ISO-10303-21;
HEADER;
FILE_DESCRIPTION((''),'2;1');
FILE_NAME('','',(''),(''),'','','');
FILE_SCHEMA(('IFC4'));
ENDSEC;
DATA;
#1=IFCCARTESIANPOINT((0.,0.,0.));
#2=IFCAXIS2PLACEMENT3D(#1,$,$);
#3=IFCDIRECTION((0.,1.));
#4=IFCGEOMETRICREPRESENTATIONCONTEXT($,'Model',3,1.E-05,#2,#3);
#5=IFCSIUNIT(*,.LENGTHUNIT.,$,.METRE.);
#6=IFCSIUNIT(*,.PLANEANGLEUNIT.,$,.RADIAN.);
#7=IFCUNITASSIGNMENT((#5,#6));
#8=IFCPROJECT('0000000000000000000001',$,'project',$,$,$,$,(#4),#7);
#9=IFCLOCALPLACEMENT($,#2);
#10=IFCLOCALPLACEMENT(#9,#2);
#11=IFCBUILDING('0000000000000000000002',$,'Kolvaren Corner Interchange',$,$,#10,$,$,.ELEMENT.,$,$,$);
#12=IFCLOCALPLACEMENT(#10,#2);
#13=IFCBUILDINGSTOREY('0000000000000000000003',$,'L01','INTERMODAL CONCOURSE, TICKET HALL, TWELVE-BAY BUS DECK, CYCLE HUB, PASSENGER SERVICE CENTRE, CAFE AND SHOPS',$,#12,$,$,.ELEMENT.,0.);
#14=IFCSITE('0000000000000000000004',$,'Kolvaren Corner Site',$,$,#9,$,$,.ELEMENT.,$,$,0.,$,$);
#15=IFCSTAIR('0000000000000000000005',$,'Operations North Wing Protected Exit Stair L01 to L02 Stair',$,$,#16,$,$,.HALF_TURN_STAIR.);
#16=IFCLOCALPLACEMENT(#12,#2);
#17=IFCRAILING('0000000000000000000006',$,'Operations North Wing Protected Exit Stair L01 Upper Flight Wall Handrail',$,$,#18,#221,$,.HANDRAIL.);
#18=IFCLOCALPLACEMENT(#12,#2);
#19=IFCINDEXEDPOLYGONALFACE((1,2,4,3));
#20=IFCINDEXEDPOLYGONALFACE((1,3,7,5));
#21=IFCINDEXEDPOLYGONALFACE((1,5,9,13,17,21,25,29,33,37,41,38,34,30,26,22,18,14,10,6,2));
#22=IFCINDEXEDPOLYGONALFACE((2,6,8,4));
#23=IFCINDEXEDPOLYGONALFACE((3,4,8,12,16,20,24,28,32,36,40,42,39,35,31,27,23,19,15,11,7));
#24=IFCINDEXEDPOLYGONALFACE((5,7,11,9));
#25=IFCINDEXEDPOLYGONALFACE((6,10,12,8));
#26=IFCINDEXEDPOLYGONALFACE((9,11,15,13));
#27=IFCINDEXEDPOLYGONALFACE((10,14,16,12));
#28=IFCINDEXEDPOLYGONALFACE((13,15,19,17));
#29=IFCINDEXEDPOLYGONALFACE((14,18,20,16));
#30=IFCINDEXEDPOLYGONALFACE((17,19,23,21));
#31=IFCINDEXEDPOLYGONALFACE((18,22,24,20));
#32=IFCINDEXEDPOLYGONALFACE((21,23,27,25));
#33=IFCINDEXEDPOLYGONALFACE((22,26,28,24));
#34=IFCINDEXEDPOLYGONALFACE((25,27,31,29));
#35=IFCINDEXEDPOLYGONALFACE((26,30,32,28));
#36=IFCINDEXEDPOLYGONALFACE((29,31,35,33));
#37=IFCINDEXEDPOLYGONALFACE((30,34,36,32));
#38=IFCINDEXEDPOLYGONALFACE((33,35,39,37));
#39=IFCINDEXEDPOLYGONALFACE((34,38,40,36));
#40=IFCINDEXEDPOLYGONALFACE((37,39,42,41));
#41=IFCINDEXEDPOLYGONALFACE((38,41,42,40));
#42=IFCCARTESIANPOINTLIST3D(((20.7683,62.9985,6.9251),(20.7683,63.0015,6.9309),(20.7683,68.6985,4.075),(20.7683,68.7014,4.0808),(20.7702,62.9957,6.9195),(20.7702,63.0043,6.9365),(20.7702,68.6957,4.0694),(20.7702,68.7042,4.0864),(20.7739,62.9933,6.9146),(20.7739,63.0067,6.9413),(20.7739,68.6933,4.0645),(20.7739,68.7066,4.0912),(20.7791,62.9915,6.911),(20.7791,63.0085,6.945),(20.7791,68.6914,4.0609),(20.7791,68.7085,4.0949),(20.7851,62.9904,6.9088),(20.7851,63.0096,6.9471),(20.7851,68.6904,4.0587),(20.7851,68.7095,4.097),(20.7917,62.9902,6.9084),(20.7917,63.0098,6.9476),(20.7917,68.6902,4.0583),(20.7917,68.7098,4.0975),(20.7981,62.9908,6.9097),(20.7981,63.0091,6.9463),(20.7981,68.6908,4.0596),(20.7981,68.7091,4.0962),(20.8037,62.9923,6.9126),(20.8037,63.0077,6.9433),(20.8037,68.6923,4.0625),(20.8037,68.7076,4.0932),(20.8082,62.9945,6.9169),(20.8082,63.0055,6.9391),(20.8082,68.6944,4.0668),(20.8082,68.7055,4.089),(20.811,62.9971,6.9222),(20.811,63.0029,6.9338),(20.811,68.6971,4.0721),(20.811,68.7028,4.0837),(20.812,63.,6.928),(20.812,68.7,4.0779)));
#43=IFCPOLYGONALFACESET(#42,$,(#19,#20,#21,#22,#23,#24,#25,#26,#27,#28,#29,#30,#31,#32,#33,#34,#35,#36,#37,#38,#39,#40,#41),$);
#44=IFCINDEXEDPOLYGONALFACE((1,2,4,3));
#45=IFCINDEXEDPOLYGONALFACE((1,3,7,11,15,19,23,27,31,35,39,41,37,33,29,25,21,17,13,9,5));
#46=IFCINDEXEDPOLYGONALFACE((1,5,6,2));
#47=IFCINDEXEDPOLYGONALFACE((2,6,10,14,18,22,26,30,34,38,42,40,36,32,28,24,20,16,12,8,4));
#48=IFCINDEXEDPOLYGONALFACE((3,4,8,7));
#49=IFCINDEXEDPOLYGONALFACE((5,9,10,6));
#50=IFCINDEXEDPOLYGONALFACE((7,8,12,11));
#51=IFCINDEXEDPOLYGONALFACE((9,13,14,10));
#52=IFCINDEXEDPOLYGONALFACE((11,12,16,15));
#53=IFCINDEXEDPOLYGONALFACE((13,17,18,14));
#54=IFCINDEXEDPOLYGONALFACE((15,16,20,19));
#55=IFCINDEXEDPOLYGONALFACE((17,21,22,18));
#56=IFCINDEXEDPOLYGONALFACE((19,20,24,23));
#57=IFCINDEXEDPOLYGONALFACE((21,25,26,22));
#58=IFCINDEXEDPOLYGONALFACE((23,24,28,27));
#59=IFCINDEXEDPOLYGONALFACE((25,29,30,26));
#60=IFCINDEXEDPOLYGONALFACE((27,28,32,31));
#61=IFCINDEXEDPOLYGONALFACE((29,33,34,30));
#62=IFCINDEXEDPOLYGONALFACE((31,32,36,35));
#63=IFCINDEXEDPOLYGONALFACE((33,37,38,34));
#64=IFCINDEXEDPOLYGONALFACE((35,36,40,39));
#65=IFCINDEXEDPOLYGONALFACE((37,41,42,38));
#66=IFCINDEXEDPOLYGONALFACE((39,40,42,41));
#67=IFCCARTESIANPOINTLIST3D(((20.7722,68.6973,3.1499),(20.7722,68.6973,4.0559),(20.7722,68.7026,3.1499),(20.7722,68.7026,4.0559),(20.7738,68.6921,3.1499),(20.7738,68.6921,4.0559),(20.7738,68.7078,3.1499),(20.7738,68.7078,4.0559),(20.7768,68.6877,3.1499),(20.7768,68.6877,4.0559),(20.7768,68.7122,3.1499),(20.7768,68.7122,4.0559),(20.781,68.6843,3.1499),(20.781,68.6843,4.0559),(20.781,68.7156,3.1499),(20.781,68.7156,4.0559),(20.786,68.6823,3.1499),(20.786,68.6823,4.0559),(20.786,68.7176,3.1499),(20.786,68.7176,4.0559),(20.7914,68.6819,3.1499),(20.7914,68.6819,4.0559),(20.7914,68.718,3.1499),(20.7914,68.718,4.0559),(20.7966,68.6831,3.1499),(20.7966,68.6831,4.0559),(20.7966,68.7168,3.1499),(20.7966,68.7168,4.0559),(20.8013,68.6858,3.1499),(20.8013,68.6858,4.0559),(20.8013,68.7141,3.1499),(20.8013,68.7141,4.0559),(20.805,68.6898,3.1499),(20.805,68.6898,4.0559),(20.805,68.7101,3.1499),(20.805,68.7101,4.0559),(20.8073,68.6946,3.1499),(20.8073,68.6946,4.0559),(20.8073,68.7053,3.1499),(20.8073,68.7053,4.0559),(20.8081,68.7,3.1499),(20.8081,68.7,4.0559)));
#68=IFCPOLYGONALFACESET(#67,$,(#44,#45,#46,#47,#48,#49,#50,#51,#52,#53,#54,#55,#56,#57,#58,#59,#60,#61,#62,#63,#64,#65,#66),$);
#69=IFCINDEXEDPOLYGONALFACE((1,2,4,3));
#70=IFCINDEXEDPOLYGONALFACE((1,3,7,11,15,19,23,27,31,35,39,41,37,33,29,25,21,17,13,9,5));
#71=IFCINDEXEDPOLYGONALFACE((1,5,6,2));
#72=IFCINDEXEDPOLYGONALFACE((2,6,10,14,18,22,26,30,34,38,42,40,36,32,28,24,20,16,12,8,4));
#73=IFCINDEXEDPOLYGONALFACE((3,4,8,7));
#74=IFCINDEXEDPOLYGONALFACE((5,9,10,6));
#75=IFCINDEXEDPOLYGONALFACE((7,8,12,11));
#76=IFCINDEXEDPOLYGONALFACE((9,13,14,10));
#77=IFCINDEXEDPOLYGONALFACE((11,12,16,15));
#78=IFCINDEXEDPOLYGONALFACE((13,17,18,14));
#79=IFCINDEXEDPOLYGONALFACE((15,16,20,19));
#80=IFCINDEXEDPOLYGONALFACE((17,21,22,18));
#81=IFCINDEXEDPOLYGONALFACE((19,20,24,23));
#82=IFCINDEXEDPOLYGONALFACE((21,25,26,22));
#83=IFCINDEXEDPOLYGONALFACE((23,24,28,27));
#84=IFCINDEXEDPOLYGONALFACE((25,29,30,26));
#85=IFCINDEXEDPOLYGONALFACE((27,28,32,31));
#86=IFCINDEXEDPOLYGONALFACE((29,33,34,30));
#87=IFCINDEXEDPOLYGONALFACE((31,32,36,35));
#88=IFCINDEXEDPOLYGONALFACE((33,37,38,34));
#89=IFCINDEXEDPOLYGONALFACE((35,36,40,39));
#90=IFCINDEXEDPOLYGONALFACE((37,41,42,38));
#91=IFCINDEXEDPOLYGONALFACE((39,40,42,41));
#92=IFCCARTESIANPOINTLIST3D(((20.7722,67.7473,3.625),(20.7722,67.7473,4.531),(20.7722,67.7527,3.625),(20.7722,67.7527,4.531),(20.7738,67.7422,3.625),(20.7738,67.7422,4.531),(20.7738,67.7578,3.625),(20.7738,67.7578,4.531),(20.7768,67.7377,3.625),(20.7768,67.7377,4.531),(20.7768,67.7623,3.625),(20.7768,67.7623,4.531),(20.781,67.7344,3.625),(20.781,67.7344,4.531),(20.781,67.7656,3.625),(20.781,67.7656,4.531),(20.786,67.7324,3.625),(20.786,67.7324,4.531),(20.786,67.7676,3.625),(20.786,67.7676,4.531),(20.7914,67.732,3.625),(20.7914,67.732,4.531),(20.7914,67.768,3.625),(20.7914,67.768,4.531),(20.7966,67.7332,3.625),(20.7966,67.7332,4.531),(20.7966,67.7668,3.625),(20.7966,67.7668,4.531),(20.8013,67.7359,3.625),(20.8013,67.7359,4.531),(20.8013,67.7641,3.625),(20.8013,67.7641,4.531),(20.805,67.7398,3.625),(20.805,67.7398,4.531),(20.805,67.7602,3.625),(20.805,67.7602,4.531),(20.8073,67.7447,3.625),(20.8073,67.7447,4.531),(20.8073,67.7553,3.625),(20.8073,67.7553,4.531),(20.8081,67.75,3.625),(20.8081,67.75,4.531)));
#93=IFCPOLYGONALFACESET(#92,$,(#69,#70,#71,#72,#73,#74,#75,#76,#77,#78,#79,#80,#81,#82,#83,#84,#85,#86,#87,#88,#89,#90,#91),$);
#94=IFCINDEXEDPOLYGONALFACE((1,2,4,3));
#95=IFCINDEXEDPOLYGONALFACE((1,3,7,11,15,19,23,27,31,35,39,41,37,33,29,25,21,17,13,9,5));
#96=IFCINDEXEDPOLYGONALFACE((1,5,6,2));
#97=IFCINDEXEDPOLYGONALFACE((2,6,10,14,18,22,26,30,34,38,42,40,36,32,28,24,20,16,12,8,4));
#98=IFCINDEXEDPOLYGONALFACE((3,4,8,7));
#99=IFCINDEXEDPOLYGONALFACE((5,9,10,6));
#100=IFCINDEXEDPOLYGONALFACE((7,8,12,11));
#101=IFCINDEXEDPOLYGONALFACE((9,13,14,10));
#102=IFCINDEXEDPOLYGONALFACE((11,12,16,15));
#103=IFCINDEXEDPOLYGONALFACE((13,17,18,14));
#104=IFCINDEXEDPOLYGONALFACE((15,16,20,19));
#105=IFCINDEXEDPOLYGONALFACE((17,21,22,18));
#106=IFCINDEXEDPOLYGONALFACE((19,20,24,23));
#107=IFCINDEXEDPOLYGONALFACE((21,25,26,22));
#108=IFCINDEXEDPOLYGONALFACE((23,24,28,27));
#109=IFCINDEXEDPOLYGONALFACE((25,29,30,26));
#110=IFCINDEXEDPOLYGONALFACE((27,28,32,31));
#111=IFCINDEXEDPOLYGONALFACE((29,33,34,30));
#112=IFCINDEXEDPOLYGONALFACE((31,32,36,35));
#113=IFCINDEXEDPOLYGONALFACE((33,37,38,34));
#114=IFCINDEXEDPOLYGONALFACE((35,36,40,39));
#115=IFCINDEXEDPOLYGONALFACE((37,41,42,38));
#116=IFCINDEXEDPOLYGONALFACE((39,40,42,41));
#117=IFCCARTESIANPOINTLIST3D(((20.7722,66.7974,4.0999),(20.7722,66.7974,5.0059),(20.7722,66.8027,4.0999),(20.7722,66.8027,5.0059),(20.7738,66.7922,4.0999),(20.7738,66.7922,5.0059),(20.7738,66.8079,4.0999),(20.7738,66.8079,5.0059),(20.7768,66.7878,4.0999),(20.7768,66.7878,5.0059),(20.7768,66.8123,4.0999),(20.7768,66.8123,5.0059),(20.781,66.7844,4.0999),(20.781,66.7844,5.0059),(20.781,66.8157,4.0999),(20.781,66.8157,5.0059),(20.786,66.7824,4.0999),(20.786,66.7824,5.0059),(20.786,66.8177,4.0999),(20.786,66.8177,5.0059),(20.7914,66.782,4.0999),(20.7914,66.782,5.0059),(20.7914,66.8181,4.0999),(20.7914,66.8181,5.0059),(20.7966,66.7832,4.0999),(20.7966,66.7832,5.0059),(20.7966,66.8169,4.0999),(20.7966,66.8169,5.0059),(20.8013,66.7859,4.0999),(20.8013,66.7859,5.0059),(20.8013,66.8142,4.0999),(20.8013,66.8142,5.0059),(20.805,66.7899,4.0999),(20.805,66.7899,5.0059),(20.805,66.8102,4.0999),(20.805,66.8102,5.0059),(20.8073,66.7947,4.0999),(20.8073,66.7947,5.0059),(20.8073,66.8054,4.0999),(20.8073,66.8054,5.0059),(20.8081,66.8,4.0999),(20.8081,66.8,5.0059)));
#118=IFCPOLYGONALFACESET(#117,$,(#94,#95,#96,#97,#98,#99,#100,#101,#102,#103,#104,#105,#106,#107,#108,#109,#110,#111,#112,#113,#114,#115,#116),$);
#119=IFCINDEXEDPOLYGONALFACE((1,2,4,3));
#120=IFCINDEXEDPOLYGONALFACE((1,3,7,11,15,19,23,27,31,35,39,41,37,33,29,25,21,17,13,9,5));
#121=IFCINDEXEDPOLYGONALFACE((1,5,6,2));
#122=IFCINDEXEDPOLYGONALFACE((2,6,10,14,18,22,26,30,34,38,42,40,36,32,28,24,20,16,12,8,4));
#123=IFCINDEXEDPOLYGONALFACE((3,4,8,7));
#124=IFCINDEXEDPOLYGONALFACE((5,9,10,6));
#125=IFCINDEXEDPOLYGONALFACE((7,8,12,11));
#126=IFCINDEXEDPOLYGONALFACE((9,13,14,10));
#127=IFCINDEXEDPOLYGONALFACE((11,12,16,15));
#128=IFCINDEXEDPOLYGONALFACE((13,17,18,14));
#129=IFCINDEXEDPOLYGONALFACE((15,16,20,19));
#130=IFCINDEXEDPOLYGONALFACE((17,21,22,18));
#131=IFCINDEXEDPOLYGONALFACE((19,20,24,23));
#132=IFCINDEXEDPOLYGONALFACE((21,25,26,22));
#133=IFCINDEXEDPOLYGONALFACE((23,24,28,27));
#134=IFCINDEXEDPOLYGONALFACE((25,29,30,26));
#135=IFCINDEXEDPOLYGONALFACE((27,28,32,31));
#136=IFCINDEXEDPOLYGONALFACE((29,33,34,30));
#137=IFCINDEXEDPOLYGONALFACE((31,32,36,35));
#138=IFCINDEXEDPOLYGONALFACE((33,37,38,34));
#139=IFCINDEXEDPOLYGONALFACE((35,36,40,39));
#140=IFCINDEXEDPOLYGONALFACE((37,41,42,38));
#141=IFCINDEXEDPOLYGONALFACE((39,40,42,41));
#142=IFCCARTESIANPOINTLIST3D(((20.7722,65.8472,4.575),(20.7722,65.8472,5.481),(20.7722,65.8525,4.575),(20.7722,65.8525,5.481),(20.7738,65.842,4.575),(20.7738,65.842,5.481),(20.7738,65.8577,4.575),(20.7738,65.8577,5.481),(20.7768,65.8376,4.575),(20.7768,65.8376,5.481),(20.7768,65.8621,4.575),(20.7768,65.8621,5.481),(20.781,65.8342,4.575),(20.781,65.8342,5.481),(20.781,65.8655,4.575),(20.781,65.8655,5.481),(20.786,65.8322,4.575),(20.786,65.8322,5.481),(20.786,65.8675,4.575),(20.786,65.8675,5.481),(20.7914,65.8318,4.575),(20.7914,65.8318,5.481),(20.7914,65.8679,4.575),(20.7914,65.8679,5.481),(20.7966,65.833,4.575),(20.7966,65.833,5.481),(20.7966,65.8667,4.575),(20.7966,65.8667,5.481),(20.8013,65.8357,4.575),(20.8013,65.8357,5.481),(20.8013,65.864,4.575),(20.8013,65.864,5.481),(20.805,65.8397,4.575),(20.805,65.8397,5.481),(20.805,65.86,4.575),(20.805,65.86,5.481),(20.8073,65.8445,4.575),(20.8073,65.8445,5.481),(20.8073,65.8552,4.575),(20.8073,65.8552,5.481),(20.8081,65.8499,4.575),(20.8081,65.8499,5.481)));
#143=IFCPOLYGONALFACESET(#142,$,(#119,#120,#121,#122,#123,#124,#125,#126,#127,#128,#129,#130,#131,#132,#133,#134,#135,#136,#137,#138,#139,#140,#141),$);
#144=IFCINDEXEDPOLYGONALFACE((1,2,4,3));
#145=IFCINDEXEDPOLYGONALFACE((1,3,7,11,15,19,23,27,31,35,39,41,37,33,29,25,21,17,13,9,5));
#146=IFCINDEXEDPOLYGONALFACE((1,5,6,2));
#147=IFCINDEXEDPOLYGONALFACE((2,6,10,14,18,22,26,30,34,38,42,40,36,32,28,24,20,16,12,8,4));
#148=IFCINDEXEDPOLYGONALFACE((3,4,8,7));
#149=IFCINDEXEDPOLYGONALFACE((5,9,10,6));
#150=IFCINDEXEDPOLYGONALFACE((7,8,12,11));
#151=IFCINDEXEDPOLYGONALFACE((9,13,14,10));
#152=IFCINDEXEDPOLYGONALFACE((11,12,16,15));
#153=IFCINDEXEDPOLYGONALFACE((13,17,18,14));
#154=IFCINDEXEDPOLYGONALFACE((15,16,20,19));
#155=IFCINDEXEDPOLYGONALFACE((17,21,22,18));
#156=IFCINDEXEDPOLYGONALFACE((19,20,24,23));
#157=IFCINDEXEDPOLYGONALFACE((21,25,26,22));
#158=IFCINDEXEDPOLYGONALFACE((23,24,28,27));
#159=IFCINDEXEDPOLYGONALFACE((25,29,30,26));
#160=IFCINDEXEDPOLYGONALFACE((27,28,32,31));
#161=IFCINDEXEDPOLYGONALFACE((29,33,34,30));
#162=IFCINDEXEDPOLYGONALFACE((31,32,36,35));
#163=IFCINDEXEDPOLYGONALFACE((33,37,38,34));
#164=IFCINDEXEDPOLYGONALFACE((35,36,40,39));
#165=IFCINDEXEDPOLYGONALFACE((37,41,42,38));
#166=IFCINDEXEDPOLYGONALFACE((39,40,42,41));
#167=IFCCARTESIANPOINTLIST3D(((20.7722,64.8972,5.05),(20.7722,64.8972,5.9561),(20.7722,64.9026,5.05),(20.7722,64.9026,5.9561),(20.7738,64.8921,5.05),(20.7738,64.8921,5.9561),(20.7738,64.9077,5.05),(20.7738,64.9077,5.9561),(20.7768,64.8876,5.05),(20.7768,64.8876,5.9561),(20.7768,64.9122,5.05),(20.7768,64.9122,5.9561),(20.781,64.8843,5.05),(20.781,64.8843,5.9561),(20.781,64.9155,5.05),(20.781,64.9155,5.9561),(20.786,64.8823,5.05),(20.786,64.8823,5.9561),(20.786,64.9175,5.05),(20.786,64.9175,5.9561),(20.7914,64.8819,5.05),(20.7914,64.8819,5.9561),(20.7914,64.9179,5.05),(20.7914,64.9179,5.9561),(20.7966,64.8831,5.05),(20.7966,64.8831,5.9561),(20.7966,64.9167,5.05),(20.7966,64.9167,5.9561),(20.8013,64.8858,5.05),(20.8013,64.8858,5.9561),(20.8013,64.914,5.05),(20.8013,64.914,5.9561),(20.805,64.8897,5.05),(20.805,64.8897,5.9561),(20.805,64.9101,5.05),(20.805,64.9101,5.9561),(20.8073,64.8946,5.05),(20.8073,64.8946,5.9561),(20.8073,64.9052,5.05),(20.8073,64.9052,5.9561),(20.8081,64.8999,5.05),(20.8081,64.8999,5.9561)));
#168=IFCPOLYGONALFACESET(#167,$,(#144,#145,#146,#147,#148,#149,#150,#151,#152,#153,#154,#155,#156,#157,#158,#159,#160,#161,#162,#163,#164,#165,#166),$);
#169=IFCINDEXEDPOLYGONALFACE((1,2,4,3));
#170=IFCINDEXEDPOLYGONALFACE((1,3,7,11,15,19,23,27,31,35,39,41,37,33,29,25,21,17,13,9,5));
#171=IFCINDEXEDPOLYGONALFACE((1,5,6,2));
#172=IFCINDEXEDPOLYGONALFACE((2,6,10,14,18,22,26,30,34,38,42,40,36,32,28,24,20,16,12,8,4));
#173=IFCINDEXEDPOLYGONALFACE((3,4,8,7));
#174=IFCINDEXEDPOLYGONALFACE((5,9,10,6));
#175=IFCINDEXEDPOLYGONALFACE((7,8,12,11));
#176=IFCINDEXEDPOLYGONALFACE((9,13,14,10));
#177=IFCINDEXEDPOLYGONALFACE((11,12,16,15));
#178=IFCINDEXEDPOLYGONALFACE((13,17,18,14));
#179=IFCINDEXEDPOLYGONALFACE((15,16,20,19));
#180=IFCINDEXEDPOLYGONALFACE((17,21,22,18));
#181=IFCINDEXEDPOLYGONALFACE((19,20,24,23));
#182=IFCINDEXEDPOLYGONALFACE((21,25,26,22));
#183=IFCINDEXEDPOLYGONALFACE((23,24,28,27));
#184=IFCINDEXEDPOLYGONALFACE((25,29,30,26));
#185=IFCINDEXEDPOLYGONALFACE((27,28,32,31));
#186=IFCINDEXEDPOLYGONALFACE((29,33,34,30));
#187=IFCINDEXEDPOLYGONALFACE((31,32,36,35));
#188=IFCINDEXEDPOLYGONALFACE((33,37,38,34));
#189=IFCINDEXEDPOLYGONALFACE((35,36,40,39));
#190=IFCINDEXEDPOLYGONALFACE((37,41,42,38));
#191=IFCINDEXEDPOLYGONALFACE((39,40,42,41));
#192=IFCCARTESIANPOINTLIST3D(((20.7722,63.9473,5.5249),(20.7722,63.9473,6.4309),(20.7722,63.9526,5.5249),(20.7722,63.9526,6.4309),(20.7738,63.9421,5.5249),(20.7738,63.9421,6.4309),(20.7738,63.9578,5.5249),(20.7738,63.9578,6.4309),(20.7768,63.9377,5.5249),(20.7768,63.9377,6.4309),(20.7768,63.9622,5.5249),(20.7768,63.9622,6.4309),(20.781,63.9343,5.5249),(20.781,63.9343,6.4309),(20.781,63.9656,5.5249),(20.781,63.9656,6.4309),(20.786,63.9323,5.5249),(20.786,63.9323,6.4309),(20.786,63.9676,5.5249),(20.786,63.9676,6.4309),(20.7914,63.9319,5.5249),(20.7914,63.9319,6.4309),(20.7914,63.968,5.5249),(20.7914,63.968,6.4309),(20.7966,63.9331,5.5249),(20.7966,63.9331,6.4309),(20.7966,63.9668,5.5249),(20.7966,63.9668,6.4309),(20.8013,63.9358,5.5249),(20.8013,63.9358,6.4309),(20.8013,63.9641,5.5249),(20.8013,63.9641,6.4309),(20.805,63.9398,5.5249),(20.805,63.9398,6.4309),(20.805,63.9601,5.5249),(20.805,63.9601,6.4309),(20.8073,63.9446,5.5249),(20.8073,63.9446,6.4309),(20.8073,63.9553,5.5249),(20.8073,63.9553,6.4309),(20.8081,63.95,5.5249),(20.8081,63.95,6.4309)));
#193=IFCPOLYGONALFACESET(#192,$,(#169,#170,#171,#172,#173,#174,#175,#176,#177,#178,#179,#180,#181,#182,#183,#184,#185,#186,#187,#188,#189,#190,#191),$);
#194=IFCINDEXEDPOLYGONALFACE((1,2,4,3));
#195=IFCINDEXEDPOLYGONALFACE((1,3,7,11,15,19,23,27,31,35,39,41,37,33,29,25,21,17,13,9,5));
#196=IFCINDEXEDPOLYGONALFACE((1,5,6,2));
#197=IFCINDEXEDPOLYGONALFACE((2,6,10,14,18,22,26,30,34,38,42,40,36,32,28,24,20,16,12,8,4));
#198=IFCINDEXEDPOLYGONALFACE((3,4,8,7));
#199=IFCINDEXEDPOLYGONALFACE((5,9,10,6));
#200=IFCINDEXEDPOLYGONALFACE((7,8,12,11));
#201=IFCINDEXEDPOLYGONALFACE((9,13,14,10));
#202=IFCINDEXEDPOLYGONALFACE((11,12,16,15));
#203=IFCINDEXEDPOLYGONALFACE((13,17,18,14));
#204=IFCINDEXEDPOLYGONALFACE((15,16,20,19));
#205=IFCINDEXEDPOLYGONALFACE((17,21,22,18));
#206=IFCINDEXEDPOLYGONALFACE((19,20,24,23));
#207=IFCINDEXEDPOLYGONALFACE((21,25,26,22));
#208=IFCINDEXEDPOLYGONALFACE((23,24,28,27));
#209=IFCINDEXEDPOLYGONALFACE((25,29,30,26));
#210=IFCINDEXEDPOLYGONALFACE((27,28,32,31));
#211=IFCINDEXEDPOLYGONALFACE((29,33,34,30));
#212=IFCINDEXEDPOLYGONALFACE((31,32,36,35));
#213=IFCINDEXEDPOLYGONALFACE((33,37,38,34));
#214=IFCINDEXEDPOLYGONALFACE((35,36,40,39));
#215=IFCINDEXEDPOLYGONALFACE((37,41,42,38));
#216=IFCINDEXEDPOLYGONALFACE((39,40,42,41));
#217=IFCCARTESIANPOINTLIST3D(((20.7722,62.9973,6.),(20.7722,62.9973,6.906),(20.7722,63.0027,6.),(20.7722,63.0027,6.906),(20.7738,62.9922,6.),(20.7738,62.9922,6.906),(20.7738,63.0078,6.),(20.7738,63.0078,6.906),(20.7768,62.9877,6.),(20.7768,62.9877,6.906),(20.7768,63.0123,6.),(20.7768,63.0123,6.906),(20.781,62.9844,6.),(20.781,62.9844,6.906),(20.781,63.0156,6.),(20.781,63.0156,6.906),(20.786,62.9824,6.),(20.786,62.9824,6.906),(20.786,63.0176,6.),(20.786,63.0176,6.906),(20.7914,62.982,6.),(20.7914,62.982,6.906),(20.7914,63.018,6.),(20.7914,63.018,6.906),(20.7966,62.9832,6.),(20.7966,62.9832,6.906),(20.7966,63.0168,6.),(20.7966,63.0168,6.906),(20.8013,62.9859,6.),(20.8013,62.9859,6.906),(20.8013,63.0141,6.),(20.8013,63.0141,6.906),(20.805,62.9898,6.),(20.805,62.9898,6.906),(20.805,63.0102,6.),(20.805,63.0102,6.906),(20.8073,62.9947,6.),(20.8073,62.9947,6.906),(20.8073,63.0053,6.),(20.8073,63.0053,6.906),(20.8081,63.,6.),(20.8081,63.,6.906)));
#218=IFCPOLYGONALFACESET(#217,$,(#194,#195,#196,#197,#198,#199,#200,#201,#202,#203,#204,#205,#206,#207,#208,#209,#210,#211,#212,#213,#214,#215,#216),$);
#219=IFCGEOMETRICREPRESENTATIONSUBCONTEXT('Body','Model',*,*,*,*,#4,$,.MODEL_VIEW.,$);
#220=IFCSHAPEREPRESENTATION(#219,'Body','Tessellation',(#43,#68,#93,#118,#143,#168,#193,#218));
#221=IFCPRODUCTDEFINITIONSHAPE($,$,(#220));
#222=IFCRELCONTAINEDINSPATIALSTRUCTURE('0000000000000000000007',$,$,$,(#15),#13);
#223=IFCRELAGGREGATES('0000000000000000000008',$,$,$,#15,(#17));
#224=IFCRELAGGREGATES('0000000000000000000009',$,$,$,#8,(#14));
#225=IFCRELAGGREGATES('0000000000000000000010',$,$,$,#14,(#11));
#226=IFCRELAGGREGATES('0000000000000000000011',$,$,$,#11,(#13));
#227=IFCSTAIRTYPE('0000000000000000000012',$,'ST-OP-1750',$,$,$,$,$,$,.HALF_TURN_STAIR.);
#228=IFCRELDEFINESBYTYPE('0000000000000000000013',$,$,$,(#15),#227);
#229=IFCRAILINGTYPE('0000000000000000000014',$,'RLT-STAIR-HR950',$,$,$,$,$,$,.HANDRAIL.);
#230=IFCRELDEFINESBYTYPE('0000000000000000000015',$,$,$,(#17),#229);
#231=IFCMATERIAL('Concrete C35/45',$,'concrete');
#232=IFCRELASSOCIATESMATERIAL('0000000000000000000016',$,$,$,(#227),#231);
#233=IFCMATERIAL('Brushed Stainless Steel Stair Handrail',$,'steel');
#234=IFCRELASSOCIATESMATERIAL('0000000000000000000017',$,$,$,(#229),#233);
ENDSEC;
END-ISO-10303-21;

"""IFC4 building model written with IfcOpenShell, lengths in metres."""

from ifc_helpers import new_model, si_unit, direction, frame, origin, origin_2d, place, context, subcontext, project, spatial, circle, extrude, material, type_object, element, aggregate, save


model = new_model("IFC4")

# Units and contexts
model_context = context("Model", 3, precision=1e-05, world=origin(), true_north=direction((0.0, 1.0)))
body_context = subcontext(model_context, "Body", "Model", "MODEL_VIEW")
ifc_project = project(units=[si_unit("LENGTHUNIT", "METRE"), si_unit("PLANEANGLEUNIT", "RADIAN")], contexts=[model_context])

# Site, building, storey
site_placement = place(None, origin())
site = spatial("IfcSite", under=ifc_project, at=site_placement, Name="Kolvaren Corner Site", CompositionType="ELEMENT", RefElevation=0.0)
building_placement = place(site_placement, origin())
building = spatial("IfcBuilding", under=site, at=building_placement, Name="Kolvaren Corner Interchange", CompositionType="ELEMENT")
storey_placement = place(building_placement, origin())
storey = spatial("IfcBuildingStorey", under=building, at=storey_placement, Name="L01", Description="INTERMODAL CONCOURSE, TICKET HALL, TWELVE-BAY BUS DECK, CYCLE HUB, PASSENGER SERVICE CENTRE, CAFE AND SHOPS", CompositionType="ELEMENT", Elevation=0.0)

# Stair, railing
ifc_material_1 = material(Name="Concrete C35/45", Category="concrete")
stair_type = type_object("IfcStairType", Name="ST-OP-1750", PredefinedType="HALF_TURN_STAIR", material=ifc_material_1)
stair_placement = place(storey_placement, origin())
stair = element("IfcStair", 1, at=stair_placement, inside=storey, type_object=stair_type, Name="Operations North Wing Protected Exit Stair L01 to L02 Stair", PredefinedType="HALF_TURN_STAIR")
ifc_material_2 = material(Name="Brushed Stainless Steel Stair Handrail", Category="steel")
railing_type_1 = type_object("IfcRailingType", Name="RLT-STAIR-HR950", PredefinedType="HANDRAIL", material=ifc_material_2)
railing_1_placement = place(storey_placement, frame((20.79, 68.7, 3.1499)))
railing_1 = element("IfcRailing", 2, at=railing_1_placement, type_object=railing_type_1, Name="Operations North Wing Protected Exit Stair L01 Upper Flight Wall Handrail", PredefinedType="HANDRAIL", context=body_context, shape_type="SweptSolid", body=[
    extrude(circle(Radius=0.022, at=origin_2d()), frame((0.0, 0.0, 0.928), z_axis=(0.0, -0.89442, 0.447229), x_axis=(1.0, 0.0, 0.0)), (0.0, 0.0, 1.0), 6.3728),
    extrude(circle(Radius=0.0181, at=origin_2d()), origin(), (0.0, 0.0, 1.0), 0.906),
    extrude(circle(Radius=0.0181, at=origin_2d()), frame((0.0, -0.95, 0.4751)), (0.0, 0.0, 1.0), 0.906),
    extrude(circle(Radius=0.0181, at=origin_2d()), frame((0.0, -1.8999, 0.95)), (0.0, 0.0, 1.0), 0.906),
    extrude(circle(Radius=0.0181, at=origin_2d()), frame((0.0, -2.8501, 1.425)), (0.0, 0.0, 1.0), 0.906),
    extrude(circle(Radius=0.0181, at=origin_2d()), frame((0.0, -3.8, 1.9001)), (0.0, 0.0, 1.0), 0.906),
    extrude(circle(Radius=0.0181, at=origin_2d()), frame((0.0, -4.75, 2.375)), (0.0, 0.0, 1.0), 0.906),
    extrude(circle(Radius=0.0181, at=origin_2d()), frame((0.0, -5.7, 2.8501)), (0.0, 0.0, 1.0), 0.906),
])
aggregate(stair, [railing_1])

save(model, "model.ifc")
